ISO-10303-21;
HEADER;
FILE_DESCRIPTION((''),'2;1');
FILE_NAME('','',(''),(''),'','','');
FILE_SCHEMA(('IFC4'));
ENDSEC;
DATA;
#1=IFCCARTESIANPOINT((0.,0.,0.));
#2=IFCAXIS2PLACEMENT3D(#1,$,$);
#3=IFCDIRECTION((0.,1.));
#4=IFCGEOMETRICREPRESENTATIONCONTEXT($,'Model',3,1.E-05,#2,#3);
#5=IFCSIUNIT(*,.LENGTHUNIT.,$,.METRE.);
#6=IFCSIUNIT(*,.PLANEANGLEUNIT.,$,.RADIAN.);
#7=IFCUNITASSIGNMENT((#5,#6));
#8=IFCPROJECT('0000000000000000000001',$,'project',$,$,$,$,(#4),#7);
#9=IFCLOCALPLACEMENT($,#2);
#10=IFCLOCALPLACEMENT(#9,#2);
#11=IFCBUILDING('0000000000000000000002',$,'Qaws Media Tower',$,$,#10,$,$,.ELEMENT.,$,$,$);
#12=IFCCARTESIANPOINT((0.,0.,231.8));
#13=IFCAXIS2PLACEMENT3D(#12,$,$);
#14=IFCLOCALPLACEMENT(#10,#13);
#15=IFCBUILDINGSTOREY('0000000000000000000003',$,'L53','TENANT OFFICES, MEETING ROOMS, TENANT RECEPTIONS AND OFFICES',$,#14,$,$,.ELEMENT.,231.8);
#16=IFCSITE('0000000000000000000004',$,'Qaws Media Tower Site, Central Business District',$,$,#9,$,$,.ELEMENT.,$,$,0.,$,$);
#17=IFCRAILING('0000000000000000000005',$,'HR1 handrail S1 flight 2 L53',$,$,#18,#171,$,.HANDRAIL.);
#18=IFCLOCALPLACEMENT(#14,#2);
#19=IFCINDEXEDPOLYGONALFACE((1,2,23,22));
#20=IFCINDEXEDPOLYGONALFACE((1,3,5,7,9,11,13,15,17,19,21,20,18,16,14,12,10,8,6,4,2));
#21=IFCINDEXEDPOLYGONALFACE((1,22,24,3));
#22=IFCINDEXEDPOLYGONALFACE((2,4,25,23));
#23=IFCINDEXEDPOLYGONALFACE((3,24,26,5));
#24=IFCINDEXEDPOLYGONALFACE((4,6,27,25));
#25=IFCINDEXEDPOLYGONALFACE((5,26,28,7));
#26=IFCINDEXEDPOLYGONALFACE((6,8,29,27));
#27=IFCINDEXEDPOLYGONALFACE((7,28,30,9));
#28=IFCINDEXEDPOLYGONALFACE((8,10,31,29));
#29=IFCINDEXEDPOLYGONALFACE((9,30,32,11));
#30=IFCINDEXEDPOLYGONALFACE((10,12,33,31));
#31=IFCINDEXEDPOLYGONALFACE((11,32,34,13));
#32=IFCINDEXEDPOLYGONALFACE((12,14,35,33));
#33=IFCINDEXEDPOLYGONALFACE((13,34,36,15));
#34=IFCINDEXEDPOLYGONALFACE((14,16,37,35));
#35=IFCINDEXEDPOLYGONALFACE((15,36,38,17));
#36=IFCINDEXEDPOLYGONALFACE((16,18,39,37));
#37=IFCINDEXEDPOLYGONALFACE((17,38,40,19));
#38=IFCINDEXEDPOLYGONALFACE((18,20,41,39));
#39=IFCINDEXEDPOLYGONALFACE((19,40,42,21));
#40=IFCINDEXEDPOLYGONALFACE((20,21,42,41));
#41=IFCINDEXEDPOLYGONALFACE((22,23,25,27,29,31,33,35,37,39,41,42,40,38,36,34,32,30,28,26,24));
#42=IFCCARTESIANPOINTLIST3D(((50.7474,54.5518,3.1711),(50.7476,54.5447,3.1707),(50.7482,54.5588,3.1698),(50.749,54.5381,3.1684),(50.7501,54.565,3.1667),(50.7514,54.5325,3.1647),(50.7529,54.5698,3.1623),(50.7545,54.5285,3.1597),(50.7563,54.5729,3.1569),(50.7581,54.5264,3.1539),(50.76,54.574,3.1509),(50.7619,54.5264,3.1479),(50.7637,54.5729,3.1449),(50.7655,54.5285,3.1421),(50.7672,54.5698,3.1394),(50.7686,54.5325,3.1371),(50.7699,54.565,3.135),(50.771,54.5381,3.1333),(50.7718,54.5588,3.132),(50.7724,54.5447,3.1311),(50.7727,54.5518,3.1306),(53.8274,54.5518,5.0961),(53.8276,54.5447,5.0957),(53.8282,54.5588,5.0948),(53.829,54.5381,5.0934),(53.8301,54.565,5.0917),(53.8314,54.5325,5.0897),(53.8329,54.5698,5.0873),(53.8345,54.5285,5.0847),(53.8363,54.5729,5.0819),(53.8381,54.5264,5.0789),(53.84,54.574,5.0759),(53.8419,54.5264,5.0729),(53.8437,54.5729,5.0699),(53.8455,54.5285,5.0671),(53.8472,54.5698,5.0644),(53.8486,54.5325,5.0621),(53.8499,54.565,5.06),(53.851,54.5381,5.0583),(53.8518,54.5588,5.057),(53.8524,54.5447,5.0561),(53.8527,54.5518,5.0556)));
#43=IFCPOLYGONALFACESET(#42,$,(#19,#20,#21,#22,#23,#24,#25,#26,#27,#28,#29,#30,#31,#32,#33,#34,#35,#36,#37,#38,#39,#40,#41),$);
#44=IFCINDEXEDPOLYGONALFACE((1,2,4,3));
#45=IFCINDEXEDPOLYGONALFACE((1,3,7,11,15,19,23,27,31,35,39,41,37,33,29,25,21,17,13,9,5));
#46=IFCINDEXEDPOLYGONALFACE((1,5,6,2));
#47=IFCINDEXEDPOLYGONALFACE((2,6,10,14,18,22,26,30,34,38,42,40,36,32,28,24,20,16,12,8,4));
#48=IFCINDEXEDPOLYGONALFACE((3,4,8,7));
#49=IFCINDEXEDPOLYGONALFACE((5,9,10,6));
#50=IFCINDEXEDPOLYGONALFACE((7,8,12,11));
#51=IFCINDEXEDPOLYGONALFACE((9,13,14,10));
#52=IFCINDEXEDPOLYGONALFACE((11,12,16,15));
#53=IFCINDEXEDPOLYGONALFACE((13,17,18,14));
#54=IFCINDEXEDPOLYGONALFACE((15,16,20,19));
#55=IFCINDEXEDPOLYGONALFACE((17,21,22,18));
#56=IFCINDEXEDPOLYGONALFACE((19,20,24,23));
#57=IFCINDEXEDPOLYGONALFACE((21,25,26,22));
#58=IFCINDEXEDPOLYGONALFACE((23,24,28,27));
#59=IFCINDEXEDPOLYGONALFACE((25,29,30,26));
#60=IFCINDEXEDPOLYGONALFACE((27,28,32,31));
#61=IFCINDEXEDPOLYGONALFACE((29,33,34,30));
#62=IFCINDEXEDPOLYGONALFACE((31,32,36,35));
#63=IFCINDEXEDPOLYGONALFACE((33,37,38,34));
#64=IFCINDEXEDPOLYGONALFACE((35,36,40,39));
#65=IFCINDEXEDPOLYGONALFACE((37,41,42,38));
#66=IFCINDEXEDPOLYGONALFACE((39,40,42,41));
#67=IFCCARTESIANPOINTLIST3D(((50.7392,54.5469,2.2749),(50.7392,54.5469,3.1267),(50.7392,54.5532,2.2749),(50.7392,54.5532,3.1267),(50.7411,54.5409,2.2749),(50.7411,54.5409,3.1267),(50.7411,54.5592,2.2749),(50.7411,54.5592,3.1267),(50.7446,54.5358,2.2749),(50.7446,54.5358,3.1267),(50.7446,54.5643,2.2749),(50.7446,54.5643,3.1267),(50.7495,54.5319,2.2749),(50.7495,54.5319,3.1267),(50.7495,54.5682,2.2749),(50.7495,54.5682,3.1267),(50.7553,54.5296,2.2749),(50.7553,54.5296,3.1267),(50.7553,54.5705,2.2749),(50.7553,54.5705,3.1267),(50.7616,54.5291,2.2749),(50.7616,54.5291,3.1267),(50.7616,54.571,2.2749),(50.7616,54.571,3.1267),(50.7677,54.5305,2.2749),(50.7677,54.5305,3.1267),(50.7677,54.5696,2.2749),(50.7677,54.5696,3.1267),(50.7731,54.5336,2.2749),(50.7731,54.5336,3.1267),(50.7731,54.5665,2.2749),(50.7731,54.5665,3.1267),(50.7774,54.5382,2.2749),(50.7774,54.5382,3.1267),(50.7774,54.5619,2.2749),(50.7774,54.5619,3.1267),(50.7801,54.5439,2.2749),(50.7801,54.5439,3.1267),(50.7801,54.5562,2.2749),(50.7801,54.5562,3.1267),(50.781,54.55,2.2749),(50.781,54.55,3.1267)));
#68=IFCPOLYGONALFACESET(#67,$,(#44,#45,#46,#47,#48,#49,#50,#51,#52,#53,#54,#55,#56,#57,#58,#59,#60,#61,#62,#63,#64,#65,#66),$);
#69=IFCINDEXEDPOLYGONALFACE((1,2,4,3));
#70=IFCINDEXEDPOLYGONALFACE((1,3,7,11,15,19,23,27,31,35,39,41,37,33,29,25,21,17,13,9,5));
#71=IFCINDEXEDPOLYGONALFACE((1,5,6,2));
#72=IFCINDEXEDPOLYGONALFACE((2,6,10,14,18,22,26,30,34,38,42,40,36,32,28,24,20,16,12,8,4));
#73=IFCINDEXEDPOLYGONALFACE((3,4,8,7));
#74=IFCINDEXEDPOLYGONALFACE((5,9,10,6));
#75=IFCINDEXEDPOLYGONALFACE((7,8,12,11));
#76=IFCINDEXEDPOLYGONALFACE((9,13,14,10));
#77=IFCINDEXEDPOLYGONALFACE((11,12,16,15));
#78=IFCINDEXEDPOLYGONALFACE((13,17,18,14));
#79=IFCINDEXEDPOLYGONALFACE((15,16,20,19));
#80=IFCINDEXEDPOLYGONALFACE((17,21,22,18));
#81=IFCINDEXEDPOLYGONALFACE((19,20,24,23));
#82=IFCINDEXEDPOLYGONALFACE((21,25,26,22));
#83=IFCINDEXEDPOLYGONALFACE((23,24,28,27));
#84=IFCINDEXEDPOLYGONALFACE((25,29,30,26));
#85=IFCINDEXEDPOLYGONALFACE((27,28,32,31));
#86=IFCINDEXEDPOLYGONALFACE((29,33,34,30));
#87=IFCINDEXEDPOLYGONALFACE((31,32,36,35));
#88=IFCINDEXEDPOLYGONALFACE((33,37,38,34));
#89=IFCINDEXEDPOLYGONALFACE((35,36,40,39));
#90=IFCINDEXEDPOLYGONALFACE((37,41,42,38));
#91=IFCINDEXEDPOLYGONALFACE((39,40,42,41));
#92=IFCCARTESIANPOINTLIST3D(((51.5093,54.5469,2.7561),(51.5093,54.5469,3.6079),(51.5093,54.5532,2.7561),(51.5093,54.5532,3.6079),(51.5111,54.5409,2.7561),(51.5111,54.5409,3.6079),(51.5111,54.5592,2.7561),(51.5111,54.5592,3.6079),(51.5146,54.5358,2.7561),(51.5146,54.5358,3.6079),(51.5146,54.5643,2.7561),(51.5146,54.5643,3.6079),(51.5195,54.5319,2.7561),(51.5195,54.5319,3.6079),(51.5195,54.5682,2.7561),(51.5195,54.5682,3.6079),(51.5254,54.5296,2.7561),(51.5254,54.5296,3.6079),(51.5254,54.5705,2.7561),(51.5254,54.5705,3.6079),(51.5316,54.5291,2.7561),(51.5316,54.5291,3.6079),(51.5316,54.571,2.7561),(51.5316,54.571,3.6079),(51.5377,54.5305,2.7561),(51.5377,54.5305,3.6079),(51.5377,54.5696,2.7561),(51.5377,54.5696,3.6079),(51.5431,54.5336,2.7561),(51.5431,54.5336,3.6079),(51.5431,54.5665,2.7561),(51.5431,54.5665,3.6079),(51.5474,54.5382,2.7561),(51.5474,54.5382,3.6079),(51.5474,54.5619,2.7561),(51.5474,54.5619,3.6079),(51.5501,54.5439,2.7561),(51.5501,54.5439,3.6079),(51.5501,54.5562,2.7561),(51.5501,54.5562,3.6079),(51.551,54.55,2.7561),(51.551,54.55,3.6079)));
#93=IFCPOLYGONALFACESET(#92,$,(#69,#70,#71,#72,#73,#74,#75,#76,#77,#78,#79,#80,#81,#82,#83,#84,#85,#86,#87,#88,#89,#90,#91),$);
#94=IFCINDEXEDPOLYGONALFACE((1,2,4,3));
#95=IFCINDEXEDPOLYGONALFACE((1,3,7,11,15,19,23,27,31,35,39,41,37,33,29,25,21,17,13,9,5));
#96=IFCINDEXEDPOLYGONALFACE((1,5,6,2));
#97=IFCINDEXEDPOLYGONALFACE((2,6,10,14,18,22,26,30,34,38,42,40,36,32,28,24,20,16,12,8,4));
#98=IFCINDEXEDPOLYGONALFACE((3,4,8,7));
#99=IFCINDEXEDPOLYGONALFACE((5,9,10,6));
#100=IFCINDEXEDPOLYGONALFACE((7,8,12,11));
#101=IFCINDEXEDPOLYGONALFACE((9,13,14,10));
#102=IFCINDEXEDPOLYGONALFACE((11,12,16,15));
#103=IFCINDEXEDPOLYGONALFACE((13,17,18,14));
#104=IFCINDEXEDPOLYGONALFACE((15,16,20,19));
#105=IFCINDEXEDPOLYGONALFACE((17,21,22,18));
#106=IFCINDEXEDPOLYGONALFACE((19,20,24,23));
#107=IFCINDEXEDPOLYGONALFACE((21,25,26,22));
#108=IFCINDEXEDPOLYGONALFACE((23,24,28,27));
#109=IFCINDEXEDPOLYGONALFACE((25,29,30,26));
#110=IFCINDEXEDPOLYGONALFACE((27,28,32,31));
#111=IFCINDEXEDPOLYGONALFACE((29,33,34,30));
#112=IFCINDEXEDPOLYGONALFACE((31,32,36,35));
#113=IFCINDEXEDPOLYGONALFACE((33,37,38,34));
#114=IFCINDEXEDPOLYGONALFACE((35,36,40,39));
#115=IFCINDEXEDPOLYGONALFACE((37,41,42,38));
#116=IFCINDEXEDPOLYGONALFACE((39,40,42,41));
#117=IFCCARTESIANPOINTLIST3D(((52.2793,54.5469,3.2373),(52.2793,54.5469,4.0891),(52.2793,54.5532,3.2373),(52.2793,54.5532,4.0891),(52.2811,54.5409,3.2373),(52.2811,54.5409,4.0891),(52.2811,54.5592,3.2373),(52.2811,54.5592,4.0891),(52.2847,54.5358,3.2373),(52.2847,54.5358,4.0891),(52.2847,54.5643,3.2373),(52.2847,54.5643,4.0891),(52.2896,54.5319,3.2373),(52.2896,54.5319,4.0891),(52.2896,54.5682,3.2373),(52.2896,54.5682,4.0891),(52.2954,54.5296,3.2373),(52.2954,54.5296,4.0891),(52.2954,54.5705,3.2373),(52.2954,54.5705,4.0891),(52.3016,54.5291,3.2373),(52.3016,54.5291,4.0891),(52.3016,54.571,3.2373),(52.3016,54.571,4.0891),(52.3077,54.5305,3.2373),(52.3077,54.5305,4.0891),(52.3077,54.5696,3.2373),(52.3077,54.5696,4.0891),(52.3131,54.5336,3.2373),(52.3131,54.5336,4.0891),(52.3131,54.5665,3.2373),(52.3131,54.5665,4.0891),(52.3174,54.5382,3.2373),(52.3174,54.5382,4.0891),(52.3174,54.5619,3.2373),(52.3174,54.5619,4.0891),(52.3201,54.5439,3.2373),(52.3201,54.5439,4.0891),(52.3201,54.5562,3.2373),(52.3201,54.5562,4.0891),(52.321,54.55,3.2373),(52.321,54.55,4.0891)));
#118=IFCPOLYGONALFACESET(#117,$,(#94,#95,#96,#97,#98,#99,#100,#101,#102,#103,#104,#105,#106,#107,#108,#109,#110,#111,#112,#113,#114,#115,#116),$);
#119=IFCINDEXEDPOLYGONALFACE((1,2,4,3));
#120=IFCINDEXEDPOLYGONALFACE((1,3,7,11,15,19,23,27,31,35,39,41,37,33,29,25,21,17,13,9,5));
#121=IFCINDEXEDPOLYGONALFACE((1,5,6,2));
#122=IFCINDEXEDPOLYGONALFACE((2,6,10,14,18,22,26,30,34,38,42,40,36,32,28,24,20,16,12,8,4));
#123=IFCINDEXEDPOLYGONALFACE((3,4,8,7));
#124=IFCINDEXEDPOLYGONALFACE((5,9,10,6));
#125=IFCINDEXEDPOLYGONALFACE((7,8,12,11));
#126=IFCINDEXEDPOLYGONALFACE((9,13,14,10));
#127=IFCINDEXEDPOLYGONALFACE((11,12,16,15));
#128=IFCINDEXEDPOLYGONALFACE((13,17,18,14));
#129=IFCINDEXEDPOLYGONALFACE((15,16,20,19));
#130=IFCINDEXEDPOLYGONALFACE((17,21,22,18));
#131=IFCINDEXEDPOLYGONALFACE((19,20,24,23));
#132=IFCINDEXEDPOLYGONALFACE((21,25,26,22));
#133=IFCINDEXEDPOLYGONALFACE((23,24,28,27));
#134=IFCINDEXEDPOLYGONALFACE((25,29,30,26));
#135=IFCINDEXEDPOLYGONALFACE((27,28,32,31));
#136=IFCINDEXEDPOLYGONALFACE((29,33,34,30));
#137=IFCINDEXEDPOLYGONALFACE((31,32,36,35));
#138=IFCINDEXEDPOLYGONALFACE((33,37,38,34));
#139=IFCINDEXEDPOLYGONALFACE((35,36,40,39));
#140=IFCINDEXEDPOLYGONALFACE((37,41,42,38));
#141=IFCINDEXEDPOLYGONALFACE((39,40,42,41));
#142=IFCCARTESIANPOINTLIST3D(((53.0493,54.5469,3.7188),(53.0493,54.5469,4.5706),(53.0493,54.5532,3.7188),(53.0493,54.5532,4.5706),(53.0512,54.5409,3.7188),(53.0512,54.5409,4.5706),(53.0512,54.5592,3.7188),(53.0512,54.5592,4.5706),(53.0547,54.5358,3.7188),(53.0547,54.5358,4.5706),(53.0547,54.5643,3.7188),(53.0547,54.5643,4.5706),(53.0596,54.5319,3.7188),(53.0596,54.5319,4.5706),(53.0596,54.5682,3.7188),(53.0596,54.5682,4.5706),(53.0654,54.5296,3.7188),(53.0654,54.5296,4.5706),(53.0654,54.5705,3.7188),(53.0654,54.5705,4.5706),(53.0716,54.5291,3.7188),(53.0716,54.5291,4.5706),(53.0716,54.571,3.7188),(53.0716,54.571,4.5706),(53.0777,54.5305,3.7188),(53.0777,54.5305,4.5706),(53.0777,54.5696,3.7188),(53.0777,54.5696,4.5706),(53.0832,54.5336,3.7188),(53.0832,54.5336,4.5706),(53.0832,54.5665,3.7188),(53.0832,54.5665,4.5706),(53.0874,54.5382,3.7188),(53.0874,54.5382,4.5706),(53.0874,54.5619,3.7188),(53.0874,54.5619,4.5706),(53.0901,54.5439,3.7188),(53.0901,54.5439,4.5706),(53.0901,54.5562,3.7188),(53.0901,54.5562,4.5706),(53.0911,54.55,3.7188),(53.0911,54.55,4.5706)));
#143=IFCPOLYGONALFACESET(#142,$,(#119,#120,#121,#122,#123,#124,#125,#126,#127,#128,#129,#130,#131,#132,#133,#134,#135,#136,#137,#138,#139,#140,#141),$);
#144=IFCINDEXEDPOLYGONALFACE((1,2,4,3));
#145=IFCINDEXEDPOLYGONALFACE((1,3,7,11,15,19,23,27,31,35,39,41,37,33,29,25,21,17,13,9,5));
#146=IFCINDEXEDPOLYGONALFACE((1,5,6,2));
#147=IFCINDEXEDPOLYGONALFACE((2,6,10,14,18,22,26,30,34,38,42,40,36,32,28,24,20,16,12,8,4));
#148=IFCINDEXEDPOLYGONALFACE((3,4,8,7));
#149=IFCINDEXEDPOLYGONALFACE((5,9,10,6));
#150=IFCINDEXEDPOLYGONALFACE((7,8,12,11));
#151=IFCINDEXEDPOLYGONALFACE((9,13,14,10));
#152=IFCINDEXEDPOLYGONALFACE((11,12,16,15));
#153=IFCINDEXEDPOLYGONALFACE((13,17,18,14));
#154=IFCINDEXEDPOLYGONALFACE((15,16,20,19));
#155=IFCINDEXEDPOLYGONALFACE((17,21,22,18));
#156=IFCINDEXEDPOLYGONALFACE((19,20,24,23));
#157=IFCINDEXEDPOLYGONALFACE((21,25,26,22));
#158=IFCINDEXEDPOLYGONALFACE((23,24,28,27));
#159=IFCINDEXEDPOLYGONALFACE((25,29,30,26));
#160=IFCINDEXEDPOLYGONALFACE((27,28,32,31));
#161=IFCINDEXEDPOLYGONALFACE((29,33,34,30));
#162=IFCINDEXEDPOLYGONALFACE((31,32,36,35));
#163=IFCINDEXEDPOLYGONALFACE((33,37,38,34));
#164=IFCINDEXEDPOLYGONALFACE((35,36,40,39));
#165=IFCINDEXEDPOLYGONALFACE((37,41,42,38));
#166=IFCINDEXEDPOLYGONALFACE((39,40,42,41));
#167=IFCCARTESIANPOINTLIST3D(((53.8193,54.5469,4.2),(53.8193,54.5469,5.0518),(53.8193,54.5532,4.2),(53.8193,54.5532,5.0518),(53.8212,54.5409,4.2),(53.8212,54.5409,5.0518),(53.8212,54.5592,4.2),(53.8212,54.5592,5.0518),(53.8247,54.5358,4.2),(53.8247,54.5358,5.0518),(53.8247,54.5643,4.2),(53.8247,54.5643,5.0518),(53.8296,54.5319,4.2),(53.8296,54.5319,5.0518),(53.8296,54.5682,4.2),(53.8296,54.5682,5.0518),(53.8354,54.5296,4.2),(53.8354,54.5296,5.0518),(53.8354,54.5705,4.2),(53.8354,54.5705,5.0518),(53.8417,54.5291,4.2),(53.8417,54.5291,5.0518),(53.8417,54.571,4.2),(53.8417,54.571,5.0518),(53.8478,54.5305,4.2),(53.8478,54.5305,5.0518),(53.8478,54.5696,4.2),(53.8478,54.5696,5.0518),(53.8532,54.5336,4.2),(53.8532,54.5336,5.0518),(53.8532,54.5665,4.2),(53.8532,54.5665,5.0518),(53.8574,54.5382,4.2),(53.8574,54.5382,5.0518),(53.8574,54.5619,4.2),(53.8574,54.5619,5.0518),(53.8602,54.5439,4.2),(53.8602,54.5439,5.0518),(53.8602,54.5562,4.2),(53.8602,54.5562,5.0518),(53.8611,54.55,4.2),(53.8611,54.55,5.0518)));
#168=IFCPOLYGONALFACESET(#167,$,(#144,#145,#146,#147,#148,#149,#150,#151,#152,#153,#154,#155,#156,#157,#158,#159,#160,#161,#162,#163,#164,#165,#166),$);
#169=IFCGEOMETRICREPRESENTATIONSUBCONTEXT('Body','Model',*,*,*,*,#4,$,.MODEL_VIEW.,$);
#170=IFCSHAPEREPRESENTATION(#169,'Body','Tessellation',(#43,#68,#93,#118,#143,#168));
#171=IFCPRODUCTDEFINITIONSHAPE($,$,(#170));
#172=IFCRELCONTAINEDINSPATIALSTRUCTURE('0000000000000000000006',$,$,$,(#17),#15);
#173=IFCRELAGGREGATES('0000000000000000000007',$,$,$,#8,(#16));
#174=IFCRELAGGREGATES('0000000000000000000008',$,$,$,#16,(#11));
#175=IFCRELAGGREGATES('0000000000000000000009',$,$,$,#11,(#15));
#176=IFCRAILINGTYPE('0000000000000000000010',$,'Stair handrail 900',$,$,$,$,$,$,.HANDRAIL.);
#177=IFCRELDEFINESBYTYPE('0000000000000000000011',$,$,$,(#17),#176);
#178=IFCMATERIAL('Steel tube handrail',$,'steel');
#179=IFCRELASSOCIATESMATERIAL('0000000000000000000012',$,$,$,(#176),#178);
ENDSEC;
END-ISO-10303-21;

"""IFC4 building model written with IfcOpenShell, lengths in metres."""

from ifc_helpers import new_model, si_unit, direction, frame, origin, origin_2d, place, context, subcontext, project, spatial, circle, extrude, material, type_object, element, save


model = new_model("IFC4")

# Units and contexts
model_context = context("Model", 3, precision=1e-05, world=origin(), true_north=direction((0.0, 1.0)))
body_context = subcontext(model_context, "Body", "Model", "MODEL_VIEW")
ifc_project = project(units=[si_unit("LENGTHUNIT", "METRE"), si_unit("PLANEANGLEUNIT", "RADIAN")], contexts=[model_context])

# Site, building, storey
site_placement = place(None, origin())
site = spatial("IfcSite", under=ifc_project, at=site_placement, Name="Qaws Media Tower Site, Central Business District", CompositionType="ELEMENT", RefElevation=0.0)
building_placement = place(site_placement, origin())
building = spatial("IfcBuilding", under=site, at=building_placement, Name="Qaws Media Tower", CompositionType="ELEMENT")
storey_placement = place(building_placement, frame((0.0, 0.0, 231.8)))
storey = spatial("IfcBuildingStorey", under=building, at=storey_placement, Name="L53", Description="TENANT OFFICES, MEETING ROOMS, TENANT RECEPTIONS AND OFFICES", CompositionType="ELEMENT", Elevation=231.8)

# Railing
ifc_material_1 = material(Name="Steel tube handrail", Category="steel")
railing_type = type_object("IfcRailingType", Name="Stair handrail 900", PredefinedType="HANDRAIL", material=ifc_material_1)
for number, where, name in (
    (1, (50.76, 54.55, 2.2749), "HR1 handrail S1 flight 2 L53"),
):
    element("IfcRailing", number, at=place(storey_placement, frame(where)), inside=storey, type_object=railing_type, Name=name, PredefinedType="HANDRAIL", context=body_context, shape_type="SweptSolid", body=[
        extrude(circle(Radius=0.0239, at=origin_2d()), frame((0.0, 0.0, 0.876), z_axis=(0.847998, 0.0, 0.529999), x_axis=(0.0, 1.0, 0.0)), (0.0, 0.0, 1.0), 3.6321),
        extrude(circle(Radius=0.021, at=origin_2d()), origin(), (0.0, 0.0, 1.0), 0.8518),
        extrude(circle(Radius=0.021, at=origin_2d()), frame((0.77, 0.0, 0.4812)), (0.0, 0.0, 1.0), 0.8518),
        extrude(circle(Radius=0.021, at=origin_2d()), frame((1.54, 0.0, 0.9624)), (0.0, 0.0, 1.0), 0.8518),
        extrude(circle(Radius=0.021, at=origin_2d()), frame((2.3101, 0.0, 1.4438)), (0.0, 0.0, 1.0), 0.8518),
        extrude(circle(Radius=0.021, at=origin_2d()), frame((3.0801, 0.0, 1.925)), (0.0, 0.0, 1.0), 0.8518),
    ])

save(model, "model.ifc")
